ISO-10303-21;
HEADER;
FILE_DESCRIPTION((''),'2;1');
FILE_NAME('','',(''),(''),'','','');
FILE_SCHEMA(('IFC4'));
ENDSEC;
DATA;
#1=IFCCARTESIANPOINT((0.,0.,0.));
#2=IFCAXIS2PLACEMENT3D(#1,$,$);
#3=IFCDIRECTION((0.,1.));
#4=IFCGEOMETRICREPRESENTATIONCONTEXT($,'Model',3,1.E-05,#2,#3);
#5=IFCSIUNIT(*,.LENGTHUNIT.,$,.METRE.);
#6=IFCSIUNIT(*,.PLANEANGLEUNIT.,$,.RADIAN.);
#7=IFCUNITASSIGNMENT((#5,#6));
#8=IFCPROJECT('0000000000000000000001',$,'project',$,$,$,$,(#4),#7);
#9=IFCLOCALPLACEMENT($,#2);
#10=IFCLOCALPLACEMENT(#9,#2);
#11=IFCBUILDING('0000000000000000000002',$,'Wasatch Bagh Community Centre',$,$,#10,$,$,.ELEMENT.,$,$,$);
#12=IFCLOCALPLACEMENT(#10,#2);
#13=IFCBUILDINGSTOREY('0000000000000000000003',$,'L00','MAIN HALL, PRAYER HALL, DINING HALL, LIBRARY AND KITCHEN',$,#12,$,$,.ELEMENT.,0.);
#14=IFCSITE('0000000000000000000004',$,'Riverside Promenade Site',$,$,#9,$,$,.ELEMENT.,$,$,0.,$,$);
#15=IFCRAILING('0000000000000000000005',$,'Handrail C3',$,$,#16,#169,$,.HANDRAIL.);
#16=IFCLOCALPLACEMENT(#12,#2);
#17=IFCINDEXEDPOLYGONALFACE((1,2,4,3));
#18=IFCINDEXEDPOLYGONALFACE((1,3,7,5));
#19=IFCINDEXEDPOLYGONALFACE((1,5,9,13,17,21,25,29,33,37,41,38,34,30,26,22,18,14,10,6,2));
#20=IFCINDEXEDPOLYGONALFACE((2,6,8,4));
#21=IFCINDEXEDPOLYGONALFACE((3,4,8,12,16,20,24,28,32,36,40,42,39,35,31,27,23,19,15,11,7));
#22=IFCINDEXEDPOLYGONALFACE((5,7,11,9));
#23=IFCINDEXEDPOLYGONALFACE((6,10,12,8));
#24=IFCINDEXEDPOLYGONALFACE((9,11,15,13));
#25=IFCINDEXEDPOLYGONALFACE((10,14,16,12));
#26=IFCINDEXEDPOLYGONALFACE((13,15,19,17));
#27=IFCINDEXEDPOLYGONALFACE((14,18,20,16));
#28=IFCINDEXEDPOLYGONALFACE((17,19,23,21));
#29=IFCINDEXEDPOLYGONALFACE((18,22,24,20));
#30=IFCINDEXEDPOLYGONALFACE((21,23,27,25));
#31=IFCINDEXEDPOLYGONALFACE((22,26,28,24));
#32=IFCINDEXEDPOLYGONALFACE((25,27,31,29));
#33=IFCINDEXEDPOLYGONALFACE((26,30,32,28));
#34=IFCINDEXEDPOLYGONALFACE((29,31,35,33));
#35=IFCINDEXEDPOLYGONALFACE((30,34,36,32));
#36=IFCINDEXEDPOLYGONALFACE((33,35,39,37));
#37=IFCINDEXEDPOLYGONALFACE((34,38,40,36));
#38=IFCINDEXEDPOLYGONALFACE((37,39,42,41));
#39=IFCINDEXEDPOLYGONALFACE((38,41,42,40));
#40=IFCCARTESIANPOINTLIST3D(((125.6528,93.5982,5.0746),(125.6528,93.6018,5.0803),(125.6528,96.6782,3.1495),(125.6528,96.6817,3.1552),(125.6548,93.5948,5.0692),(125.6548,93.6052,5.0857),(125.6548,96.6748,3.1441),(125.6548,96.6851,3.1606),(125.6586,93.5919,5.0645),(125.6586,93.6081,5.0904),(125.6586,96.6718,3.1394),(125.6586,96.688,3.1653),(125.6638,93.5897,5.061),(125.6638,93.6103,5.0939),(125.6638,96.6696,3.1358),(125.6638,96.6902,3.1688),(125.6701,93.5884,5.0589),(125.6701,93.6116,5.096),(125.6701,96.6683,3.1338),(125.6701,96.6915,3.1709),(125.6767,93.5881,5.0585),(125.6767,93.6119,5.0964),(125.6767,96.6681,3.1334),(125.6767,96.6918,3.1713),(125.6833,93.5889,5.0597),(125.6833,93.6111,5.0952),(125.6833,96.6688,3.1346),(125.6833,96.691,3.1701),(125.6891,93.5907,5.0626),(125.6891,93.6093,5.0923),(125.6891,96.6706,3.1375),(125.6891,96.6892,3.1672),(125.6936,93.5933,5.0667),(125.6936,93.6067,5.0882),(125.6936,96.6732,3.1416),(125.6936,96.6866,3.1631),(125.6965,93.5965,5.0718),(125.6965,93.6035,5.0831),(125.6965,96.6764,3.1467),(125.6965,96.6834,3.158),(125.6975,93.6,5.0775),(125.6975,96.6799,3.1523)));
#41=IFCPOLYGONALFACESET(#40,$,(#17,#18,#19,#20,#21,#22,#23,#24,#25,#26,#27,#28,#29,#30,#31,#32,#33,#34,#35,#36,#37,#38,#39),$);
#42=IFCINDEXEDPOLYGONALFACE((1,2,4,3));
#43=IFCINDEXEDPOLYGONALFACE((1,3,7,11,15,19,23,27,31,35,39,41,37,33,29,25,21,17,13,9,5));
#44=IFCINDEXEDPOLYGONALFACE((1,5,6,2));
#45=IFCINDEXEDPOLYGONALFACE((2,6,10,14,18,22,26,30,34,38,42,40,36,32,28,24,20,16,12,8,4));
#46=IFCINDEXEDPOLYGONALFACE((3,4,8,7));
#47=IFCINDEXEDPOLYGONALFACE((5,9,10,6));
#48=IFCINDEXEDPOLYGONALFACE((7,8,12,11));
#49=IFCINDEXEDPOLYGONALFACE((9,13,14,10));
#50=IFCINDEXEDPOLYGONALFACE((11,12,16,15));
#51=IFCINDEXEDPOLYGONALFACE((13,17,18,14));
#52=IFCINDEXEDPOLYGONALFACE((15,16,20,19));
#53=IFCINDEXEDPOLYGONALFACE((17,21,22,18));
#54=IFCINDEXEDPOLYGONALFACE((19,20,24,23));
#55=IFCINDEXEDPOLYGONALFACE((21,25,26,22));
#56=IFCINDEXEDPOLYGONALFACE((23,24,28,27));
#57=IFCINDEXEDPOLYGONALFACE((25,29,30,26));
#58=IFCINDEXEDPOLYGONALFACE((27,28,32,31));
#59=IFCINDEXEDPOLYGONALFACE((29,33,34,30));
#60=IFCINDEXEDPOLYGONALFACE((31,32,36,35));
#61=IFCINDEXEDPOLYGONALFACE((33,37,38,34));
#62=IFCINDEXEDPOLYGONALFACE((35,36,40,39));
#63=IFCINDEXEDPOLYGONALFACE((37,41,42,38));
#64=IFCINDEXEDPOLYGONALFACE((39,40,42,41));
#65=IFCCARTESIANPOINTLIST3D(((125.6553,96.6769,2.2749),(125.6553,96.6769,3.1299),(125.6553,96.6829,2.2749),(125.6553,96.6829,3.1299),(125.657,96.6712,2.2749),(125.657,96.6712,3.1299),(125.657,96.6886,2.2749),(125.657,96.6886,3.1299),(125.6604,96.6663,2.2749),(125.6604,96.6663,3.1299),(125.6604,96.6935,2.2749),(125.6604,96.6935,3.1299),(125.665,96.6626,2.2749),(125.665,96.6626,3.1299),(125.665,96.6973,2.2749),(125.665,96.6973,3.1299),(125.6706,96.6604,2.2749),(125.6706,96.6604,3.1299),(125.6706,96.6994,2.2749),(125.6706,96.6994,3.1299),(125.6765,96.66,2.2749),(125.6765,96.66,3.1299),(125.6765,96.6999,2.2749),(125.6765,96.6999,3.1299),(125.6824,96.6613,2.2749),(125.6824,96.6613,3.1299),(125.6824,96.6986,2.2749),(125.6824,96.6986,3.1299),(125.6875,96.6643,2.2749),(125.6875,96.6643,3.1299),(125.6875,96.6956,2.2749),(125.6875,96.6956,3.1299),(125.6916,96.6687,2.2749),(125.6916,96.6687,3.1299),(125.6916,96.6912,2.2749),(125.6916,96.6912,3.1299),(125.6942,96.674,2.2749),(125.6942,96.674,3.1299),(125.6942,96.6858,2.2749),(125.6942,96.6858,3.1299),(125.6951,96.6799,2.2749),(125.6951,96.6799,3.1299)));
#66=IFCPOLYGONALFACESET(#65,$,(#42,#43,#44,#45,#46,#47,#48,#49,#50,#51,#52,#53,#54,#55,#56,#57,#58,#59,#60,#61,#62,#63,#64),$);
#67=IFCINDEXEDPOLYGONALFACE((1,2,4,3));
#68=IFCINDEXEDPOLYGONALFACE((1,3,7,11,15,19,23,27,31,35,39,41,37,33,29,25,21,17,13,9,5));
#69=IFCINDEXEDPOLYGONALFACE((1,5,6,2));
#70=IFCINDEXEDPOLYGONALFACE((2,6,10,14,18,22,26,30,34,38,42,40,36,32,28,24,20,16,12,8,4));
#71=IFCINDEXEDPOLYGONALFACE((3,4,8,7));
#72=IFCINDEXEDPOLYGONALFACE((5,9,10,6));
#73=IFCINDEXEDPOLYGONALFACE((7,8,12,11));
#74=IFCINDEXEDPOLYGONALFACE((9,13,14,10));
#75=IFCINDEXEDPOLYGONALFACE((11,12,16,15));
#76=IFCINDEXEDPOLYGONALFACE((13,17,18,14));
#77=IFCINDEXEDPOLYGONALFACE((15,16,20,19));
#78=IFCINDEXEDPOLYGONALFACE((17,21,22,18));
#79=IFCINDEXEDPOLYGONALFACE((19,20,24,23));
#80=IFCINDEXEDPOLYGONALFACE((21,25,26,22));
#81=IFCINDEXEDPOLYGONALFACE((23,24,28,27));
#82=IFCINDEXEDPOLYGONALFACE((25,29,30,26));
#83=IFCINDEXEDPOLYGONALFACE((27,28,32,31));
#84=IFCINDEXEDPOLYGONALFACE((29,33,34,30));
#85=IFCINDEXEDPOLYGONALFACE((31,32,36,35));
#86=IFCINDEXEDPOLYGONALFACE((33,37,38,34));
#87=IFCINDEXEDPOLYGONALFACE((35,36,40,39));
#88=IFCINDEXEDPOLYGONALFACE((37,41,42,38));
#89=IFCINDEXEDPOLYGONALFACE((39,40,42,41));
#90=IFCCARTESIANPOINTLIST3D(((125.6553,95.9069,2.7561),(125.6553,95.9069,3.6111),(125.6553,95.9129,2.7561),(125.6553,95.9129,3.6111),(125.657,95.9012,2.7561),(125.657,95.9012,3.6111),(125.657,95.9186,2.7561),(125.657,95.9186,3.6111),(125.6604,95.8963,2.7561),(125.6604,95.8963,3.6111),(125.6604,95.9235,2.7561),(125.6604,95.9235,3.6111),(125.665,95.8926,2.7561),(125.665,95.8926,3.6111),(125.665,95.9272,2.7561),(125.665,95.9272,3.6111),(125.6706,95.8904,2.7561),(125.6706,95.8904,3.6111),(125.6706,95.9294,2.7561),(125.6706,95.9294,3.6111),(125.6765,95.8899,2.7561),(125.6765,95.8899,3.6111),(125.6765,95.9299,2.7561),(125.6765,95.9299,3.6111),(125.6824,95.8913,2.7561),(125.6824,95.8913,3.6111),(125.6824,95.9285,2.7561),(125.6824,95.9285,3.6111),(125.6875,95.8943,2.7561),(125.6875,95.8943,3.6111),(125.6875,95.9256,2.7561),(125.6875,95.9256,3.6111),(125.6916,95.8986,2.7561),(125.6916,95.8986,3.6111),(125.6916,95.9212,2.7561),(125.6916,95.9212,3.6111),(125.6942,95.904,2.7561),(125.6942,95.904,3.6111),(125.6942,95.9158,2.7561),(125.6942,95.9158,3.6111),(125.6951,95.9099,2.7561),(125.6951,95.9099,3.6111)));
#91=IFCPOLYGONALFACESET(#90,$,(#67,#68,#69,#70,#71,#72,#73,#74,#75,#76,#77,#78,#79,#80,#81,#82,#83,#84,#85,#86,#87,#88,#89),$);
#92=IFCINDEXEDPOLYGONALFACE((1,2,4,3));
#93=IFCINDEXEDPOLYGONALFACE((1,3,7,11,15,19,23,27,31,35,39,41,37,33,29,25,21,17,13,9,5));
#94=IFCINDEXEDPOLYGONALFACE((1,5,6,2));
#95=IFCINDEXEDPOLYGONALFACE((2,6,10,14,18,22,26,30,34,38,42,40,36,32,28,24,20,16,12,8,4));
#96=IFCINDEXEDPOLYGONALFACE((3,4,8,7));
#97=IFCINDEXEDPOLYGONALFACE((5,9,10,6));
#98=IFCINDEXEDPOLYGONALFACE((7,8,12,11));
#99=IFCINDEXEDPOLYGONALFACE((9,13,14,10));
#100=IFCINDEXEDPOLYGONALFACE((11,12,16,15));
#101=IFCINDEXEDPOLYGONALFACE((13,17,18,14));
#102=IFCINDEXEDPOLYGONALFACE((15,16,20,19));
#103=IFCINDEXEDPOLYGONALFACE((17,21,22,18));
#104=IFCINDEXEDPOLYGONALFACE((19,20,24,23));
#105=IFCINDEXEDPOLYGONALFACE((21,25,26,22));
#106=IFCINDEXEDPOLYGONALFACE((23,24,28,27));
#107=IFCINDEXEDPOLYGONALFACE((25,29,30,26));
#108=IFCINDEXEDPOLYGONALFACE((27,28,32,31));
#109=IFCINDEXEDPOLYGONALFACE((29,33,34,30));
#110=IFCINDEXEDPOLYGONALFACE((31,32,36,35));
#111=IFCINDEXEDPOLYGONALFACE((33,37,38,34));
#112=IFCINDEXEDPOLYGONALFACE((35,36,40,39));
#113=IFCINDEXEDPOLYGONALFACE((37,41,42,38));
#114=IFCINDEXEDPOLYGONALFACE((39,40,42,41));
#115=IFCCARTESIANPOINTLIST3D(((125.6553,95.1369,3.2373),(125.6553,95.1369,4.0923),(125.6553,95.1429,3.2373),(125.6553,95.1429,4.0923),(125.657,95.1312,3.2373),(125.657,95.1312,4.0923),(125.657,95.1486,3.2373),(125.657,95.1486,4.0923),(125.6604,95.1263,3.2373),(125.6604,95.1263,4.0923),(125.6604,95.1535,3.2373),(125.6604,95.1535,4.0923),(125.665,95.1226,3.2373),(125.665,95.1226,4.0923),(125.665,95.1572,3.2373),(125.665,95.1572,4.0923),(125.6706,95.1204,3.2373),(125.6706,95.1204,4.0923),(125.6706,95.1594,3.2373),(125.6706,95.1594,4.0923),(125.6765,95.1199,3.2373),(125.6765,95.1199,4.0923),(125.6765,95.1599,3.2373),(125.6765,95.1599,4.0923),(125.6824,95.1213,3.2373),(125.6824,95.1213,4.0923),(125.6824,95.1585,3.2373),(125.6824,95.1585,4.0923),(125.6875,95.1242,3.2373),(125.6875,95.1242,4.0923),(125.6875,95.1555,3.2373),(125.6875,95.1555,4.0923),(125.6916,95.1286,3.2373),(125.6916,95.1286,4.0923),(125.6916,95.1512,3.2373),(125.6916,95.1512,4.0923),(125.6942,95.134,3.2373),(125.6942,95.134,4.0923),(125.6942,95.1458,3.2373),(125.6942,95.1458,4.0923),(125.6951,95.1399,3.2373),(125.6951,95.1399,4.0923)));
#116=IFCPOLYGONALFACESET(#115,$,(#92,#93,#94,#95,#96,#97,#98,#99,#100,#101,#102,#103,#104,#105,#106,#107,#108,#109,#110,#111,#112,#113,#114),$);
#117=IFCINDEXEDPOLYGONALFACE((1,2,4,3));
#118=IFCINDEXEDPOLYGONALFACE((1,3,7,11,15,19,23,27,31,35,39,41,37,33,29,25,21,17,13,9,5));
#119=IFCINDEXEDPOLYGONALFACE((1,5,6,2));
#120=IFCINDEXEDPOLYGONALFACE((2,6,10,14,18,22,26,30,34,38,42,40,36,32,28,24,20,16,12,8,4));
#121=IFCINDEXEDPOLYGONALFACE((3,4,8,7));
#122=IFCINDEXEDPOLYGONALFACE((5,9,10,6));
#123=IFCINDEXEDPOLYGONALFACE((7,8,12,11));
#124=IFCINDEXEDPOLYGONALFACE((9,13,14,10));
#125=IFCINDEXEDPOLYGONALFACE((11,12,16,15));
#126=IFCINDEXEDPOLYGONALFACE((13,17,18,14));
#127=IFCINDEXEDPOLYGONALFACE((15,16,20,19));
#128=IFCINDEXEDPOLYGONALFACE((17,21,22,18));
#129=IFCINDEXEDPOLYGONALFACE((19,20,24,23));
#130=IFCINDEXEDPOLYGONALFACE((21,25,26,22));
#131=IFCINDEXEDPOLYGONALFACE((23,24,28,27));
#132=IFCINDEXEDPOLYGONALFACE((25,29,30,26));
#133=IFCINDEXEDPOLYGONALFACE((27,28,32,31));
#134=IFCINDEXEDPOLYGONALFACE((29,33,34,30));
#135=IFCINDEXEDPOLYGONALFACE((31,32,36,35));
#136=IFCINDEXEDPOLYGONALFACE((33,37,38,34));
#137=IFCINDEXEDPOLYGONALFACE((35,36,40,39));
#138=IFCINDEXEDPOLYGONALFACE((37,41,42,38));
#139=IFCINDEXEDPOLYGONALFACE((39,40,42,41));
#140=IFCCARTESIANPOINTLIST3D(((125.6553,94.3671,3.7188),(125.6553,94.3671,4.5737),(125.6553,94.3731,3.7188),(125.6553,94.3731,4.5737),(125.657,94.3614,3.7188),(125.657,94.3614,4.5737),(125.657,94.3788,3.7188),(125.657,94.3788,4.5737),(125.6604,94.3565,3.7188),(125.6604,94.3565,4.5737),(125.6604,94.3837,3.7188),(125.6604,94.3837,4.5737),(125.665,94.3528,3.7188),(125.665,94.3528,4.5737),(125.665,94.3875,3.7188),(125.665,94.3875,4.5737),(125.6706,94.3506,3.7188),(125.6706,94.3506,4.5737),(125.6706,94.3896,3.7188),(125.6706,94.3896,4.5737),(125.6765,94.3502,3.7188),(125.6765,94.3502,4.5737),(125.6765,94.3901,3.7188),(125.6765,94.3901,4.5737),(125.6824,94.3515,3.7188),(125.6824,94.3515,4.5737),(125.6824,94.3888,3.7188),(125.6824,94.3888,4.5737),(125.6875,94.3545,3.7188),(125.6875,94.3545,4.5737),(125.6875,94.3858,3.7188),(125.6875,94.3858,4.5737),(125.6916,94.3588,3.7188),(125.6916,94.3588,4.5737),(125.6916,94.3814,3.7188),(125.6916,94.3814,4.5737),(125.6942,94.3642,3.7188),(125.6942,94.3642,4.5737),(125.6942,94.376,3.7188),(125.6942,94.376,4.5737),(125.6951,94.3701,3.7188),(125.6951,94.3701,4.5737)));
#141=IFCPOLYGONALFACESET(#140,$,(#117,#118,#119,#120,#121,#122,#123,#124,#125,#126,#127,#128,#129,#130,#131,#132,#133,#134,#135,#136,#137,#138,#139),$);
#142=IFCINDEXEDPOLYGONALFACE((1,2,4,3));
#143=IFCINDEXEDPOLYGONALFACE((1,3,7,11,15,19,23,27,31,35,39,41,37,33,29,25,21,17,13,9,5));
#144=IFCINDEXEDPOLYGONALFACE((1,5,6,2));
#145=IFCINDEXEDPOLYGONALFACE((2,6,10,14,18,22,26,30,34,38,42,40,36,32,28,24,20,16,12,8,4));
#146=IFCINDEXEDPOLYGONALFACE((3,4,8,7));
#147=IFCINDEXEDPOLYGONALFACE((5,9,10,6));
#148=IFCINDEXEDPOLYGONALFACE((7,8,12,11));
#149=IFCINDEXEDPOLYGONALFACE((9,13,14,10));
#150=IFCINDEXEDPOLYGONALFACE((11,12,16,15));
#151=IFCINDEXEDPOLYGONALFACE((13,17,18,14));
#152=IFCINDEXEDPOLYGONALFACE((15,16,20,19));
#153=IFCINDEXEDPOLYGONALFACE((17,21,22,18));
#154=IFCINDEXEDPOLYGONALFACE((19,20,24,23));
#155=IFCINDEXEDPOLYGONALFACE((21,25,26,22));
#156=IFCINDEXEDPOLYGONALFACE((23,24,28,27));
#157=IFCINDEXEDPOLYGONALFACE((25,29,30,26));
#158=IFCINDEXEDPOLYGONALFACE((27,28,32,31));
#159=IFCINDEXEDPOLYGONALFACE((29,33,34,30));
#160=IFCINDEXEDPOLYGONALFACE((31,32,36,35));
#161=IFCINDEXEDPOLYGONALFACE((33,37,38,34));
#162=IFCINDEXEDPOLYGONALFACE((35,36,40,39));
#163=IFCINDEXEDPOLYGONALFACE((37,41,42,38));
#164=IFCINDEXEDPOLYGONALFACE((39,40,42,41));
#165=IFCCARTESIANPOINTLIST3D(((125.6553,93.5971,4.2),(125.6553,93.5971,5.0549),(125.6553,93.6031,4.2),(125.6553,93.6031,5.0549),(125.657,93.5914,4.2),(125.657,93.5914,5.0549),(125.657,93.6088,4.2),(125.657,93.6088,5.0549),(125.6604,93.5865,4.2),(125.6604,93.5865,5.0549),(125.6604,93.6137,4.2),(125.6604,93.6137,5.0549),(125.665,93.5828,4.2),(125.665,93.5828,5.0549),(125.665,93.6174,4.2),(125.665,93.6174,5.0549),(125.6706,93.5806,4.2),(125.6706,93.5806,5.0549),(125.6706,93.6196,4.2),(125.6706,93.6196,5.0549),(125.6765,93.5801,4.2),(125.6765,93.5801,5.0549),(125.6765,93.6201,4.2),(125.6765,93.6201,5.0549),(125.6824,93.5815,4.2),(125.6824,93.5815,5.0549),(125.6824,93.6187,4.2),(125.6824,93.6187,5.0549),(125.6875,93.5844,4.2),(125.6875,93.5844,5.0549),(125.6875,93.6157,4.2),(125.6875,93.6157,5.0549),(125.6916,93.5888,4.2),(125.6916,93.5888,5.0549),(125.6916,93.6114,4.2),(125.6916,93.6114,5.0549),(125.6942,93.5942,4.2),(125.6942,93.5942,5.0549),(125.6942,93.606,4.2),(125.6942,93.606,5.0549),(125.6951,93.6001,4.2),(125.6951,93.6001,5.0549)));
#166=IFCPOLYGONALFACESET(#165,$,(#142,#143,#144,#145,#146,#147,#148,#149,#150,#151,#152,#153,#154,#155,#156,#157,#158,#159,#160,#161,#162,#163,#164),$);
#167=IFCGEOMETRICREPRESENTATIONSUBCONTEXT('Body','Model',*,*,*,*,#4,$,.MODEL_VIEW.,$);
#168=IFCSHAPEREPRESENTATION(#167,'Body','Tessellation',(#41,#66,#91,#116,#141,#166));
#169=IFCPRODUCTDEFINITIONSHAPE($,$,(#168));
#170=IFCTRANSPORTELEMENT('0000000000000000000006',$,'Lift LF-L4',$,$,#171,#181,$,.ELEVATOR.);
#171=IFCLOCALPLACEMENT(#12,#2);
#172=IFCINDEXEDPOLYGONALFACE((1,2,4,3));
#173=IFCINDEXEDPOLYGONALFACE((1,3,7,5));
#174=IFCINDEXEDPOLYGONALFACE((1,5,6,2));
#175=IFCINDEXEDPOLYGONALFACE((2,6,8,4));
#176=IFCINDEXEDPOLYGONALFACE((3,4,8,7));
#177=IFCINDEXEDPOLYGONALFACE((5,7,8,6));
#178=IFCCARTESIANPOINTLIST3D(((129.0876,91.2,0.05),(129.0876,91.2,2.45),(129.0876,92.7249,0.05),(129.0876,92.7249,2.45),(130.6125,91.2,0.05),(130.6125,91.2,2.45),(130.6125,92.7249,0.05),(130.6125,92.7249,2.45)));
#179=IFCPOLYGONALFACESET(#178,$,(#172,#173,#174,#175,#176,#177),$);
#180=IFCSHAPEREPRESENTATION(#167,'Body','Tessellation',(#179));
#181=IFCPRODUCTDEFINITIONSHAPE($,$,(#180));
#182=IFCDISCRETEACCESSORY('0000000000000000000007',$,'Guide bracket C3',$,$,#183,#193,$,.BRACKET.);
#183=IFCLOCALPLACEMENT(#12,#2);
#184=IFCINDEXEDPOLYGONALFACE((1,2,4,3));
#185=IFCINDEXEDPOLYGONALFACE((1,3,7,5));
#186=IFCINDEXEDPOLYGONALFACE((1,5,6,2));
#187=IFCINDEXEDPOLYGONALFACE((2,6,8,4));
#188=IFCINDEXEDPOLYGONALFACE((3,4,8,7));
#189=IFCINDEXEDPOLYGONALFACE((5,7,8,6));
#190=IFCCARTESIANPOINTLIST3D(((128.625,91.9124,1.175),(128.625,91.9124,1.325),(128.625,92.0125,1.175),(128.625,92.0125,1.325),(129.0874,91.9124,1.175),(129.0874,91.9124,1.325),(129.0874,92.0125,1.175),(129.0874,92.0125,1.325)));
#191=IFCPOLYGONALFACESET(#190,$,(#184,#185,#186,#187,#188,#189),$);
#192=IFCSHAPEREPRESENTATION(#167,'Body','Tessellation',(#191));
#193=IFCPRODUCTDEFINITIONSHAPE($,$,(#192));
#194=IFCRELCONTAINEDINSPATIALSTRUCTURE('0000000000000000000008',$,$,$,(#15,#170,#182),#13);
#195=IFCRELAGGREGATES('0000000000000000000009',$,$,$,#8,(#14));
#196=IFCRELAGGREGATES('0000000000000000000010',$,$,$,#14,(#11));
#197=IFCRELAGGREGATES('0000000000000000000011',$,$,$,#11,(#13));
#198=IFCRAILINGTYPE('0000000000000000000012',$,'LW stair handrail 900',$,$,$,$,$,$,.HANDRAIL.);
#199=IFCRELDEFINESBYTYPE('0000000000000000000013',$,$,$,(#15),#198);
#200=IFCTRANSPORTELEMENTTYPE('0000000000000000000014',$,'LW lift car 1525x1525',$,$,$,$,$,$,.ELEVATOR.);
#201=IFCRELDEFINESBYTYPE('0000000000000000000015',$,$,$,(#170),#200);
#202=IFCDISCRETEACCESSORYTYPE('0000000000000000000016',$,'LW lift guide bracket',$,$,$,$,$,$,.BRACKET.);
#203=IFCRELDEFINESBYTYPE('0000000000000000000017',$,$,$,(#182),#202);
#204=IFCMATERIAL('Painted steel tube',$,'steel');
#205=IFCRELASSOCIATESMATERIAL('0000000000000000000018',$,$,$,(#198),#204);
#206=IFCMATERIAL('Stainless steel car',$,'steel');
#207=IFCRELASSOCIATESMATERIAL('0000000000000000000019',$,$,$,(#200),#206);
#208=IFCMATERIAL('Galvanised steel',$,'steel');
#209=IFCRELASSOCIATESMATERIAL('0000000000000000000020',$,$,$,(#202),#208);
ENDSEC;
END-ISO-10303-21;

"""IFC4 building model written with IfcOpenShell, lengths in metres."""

from ifc_helpers import new_model, si_unit, direction, frame, origin, origin_2d, place, context, subcontext, project, spatial, rectangle, circle, extrude, material, type_object, element, save


model = new_model("IFC4")

# Units and contexts
model_context = context("Model", 3, precision=1e-05, world=origin(), true_north=direction((0.0, 1.0)))
body_context = subcontext(model_context, "Body", "Model", "MODEL_VIEW")
ifc_project = project(units=[si_unit("LENGTHUNIT", "METRE"), si_unit("PLANEANGLEUNIT", "RADIAN")], contexts=[model_context])

# Site, building, storey
site_placement = place(None, origin())
site = spatial("IfcSite", under=ifc_project, at=site_placement, Name="Riverside Promenade Site", CompositionType="ELEMENT", RefElevation=0.0)
building_placement = place(site_placement, origin())
building = spatial("IfcBuilding", under=site, at=building_placement, Name="Wasatch Bagh Community Centre", CompositionType="ELEMENT")
storey_placement = place(building_placement, origin())
storey = spatial("IfcBuildingStorey", under=building, at=storey_placement, Name="L00", Description="MAIN HALL, PRAYER HALL, DINING HALL, LIBRARY AND KITCHEN", CompositionType="ELEMENT", Elevation=0.0)

# Railing
ifc_material_1 = material(Name="Painted steel tube", Category="steel")
railing_type_1 = type_object("IfcRailingType", Name="LW stair handrail 900", PredefinedType="HANDRAIL", material=ifc_material_1)
for number, where, name in (
    (1, (125.675, 96.6799, 2.2749), "Handrail C3"),
):
    element("IfcRailing", number, at=place(storey_placement, frame(where)), inside=storey, type_object=railing_type_1, Name=name, PredefinedType="HANDRAIL", context=body_context, shape_type="SweptSolid", body=[
        extrude(circle(Radius=0.0225, at=origin_2d()), frame((0.0, 0.0, 0.8774), z_axis=(0.0, -0.847979, 0.530029), x_axis=(1.0, 0.0, 0.0)), (0.0, 0.0, 1.0), 3.6321),
        extrude(circle(Radius=0.02, at=origin_2d()), origin(), (0.0, 0.0, 1.0), 0.855),
        extrude(circle(Radius=0.02, at=origin_2d()), frame((0.0, -0.77, 0.4812)), (0.0, 0.0, 1.0), 0.855),
        extrude(circle(Radius=0.02, at=origin_2d()), frame((0.0, -1.54, 0.9624)), (0.0, 0.0, 1.0), 0.855),
        extrude(circle(Radius=0.02, at=origin_2d()), frame((0.0, -2.3098, 1.4438)), (0.0, 0.0, 1.0), 0.855),
        extrude(circle(Radius=0.02, at=origin_2d()), frame((0.0, -3.0798, 1.925)), (0.0, 0.0, 1.0), 0.855),
    ])

# Transport element
ifc_material_2 = material(Name="Stainless steel car", Category="steel")
transport_element_type = type_object("IfcTransportElementType", Name="LW lift car 1525x1525", PredefinedType="ELEVATOR", material=ifc_material_2)
transport_element_placement = place(storey_placement, frame((129.8501, 91.9624, 0.05), z_axis=(0.0, 0.0, 1.0), x_axis=(1.0, 0.0, 0.0)))
element("IfcTransportElement", 2, at=transport_element_placement, inside=storey, type_object=transport_element_type, Name="Lift LF-L4", PredefinedType="ELEVATOR", context=body_context, shape_type="SweptSolid", body=[
    extrude(rectangle(XDim=1.5249, YDim=1.5249, at=origin_2d()), origin(), (0.0, 0.0, 1.0), 2.3999),
])

# Discrete accessory
ifc_material_3 = material(Name="Galvanised steel", Category="steel")
discrete_accessory_type = type_object("IfcDiscreteAccessoryType", Name="LW lift guide bracket", PredefinedType="BRACKET", material=ifc_material_3)
discrete_accessory_placement = place(storey_placement, frame((128.8562, 91.9624, 1.175), z_axis=(0.0, 0.0, 1.0), x_axis=(1.0, 0.0, 0.0)))
element("IfcDiscreteAccessory", 3, at=discrete_accessory_placement, inside=storey, type_object=discrete_accessory_type, Name="Guide bracket C3", PredefinedType="BRACKET", context=body_context, shape_type="SweptSolid", body=[
    extrude(rectangle(XDim=0.4624, YDim=0.1001, at=origin_2d()), origin(), (0.0, 0.0, 1.0), 0.1499),
])

save(model, "model.ifc")
